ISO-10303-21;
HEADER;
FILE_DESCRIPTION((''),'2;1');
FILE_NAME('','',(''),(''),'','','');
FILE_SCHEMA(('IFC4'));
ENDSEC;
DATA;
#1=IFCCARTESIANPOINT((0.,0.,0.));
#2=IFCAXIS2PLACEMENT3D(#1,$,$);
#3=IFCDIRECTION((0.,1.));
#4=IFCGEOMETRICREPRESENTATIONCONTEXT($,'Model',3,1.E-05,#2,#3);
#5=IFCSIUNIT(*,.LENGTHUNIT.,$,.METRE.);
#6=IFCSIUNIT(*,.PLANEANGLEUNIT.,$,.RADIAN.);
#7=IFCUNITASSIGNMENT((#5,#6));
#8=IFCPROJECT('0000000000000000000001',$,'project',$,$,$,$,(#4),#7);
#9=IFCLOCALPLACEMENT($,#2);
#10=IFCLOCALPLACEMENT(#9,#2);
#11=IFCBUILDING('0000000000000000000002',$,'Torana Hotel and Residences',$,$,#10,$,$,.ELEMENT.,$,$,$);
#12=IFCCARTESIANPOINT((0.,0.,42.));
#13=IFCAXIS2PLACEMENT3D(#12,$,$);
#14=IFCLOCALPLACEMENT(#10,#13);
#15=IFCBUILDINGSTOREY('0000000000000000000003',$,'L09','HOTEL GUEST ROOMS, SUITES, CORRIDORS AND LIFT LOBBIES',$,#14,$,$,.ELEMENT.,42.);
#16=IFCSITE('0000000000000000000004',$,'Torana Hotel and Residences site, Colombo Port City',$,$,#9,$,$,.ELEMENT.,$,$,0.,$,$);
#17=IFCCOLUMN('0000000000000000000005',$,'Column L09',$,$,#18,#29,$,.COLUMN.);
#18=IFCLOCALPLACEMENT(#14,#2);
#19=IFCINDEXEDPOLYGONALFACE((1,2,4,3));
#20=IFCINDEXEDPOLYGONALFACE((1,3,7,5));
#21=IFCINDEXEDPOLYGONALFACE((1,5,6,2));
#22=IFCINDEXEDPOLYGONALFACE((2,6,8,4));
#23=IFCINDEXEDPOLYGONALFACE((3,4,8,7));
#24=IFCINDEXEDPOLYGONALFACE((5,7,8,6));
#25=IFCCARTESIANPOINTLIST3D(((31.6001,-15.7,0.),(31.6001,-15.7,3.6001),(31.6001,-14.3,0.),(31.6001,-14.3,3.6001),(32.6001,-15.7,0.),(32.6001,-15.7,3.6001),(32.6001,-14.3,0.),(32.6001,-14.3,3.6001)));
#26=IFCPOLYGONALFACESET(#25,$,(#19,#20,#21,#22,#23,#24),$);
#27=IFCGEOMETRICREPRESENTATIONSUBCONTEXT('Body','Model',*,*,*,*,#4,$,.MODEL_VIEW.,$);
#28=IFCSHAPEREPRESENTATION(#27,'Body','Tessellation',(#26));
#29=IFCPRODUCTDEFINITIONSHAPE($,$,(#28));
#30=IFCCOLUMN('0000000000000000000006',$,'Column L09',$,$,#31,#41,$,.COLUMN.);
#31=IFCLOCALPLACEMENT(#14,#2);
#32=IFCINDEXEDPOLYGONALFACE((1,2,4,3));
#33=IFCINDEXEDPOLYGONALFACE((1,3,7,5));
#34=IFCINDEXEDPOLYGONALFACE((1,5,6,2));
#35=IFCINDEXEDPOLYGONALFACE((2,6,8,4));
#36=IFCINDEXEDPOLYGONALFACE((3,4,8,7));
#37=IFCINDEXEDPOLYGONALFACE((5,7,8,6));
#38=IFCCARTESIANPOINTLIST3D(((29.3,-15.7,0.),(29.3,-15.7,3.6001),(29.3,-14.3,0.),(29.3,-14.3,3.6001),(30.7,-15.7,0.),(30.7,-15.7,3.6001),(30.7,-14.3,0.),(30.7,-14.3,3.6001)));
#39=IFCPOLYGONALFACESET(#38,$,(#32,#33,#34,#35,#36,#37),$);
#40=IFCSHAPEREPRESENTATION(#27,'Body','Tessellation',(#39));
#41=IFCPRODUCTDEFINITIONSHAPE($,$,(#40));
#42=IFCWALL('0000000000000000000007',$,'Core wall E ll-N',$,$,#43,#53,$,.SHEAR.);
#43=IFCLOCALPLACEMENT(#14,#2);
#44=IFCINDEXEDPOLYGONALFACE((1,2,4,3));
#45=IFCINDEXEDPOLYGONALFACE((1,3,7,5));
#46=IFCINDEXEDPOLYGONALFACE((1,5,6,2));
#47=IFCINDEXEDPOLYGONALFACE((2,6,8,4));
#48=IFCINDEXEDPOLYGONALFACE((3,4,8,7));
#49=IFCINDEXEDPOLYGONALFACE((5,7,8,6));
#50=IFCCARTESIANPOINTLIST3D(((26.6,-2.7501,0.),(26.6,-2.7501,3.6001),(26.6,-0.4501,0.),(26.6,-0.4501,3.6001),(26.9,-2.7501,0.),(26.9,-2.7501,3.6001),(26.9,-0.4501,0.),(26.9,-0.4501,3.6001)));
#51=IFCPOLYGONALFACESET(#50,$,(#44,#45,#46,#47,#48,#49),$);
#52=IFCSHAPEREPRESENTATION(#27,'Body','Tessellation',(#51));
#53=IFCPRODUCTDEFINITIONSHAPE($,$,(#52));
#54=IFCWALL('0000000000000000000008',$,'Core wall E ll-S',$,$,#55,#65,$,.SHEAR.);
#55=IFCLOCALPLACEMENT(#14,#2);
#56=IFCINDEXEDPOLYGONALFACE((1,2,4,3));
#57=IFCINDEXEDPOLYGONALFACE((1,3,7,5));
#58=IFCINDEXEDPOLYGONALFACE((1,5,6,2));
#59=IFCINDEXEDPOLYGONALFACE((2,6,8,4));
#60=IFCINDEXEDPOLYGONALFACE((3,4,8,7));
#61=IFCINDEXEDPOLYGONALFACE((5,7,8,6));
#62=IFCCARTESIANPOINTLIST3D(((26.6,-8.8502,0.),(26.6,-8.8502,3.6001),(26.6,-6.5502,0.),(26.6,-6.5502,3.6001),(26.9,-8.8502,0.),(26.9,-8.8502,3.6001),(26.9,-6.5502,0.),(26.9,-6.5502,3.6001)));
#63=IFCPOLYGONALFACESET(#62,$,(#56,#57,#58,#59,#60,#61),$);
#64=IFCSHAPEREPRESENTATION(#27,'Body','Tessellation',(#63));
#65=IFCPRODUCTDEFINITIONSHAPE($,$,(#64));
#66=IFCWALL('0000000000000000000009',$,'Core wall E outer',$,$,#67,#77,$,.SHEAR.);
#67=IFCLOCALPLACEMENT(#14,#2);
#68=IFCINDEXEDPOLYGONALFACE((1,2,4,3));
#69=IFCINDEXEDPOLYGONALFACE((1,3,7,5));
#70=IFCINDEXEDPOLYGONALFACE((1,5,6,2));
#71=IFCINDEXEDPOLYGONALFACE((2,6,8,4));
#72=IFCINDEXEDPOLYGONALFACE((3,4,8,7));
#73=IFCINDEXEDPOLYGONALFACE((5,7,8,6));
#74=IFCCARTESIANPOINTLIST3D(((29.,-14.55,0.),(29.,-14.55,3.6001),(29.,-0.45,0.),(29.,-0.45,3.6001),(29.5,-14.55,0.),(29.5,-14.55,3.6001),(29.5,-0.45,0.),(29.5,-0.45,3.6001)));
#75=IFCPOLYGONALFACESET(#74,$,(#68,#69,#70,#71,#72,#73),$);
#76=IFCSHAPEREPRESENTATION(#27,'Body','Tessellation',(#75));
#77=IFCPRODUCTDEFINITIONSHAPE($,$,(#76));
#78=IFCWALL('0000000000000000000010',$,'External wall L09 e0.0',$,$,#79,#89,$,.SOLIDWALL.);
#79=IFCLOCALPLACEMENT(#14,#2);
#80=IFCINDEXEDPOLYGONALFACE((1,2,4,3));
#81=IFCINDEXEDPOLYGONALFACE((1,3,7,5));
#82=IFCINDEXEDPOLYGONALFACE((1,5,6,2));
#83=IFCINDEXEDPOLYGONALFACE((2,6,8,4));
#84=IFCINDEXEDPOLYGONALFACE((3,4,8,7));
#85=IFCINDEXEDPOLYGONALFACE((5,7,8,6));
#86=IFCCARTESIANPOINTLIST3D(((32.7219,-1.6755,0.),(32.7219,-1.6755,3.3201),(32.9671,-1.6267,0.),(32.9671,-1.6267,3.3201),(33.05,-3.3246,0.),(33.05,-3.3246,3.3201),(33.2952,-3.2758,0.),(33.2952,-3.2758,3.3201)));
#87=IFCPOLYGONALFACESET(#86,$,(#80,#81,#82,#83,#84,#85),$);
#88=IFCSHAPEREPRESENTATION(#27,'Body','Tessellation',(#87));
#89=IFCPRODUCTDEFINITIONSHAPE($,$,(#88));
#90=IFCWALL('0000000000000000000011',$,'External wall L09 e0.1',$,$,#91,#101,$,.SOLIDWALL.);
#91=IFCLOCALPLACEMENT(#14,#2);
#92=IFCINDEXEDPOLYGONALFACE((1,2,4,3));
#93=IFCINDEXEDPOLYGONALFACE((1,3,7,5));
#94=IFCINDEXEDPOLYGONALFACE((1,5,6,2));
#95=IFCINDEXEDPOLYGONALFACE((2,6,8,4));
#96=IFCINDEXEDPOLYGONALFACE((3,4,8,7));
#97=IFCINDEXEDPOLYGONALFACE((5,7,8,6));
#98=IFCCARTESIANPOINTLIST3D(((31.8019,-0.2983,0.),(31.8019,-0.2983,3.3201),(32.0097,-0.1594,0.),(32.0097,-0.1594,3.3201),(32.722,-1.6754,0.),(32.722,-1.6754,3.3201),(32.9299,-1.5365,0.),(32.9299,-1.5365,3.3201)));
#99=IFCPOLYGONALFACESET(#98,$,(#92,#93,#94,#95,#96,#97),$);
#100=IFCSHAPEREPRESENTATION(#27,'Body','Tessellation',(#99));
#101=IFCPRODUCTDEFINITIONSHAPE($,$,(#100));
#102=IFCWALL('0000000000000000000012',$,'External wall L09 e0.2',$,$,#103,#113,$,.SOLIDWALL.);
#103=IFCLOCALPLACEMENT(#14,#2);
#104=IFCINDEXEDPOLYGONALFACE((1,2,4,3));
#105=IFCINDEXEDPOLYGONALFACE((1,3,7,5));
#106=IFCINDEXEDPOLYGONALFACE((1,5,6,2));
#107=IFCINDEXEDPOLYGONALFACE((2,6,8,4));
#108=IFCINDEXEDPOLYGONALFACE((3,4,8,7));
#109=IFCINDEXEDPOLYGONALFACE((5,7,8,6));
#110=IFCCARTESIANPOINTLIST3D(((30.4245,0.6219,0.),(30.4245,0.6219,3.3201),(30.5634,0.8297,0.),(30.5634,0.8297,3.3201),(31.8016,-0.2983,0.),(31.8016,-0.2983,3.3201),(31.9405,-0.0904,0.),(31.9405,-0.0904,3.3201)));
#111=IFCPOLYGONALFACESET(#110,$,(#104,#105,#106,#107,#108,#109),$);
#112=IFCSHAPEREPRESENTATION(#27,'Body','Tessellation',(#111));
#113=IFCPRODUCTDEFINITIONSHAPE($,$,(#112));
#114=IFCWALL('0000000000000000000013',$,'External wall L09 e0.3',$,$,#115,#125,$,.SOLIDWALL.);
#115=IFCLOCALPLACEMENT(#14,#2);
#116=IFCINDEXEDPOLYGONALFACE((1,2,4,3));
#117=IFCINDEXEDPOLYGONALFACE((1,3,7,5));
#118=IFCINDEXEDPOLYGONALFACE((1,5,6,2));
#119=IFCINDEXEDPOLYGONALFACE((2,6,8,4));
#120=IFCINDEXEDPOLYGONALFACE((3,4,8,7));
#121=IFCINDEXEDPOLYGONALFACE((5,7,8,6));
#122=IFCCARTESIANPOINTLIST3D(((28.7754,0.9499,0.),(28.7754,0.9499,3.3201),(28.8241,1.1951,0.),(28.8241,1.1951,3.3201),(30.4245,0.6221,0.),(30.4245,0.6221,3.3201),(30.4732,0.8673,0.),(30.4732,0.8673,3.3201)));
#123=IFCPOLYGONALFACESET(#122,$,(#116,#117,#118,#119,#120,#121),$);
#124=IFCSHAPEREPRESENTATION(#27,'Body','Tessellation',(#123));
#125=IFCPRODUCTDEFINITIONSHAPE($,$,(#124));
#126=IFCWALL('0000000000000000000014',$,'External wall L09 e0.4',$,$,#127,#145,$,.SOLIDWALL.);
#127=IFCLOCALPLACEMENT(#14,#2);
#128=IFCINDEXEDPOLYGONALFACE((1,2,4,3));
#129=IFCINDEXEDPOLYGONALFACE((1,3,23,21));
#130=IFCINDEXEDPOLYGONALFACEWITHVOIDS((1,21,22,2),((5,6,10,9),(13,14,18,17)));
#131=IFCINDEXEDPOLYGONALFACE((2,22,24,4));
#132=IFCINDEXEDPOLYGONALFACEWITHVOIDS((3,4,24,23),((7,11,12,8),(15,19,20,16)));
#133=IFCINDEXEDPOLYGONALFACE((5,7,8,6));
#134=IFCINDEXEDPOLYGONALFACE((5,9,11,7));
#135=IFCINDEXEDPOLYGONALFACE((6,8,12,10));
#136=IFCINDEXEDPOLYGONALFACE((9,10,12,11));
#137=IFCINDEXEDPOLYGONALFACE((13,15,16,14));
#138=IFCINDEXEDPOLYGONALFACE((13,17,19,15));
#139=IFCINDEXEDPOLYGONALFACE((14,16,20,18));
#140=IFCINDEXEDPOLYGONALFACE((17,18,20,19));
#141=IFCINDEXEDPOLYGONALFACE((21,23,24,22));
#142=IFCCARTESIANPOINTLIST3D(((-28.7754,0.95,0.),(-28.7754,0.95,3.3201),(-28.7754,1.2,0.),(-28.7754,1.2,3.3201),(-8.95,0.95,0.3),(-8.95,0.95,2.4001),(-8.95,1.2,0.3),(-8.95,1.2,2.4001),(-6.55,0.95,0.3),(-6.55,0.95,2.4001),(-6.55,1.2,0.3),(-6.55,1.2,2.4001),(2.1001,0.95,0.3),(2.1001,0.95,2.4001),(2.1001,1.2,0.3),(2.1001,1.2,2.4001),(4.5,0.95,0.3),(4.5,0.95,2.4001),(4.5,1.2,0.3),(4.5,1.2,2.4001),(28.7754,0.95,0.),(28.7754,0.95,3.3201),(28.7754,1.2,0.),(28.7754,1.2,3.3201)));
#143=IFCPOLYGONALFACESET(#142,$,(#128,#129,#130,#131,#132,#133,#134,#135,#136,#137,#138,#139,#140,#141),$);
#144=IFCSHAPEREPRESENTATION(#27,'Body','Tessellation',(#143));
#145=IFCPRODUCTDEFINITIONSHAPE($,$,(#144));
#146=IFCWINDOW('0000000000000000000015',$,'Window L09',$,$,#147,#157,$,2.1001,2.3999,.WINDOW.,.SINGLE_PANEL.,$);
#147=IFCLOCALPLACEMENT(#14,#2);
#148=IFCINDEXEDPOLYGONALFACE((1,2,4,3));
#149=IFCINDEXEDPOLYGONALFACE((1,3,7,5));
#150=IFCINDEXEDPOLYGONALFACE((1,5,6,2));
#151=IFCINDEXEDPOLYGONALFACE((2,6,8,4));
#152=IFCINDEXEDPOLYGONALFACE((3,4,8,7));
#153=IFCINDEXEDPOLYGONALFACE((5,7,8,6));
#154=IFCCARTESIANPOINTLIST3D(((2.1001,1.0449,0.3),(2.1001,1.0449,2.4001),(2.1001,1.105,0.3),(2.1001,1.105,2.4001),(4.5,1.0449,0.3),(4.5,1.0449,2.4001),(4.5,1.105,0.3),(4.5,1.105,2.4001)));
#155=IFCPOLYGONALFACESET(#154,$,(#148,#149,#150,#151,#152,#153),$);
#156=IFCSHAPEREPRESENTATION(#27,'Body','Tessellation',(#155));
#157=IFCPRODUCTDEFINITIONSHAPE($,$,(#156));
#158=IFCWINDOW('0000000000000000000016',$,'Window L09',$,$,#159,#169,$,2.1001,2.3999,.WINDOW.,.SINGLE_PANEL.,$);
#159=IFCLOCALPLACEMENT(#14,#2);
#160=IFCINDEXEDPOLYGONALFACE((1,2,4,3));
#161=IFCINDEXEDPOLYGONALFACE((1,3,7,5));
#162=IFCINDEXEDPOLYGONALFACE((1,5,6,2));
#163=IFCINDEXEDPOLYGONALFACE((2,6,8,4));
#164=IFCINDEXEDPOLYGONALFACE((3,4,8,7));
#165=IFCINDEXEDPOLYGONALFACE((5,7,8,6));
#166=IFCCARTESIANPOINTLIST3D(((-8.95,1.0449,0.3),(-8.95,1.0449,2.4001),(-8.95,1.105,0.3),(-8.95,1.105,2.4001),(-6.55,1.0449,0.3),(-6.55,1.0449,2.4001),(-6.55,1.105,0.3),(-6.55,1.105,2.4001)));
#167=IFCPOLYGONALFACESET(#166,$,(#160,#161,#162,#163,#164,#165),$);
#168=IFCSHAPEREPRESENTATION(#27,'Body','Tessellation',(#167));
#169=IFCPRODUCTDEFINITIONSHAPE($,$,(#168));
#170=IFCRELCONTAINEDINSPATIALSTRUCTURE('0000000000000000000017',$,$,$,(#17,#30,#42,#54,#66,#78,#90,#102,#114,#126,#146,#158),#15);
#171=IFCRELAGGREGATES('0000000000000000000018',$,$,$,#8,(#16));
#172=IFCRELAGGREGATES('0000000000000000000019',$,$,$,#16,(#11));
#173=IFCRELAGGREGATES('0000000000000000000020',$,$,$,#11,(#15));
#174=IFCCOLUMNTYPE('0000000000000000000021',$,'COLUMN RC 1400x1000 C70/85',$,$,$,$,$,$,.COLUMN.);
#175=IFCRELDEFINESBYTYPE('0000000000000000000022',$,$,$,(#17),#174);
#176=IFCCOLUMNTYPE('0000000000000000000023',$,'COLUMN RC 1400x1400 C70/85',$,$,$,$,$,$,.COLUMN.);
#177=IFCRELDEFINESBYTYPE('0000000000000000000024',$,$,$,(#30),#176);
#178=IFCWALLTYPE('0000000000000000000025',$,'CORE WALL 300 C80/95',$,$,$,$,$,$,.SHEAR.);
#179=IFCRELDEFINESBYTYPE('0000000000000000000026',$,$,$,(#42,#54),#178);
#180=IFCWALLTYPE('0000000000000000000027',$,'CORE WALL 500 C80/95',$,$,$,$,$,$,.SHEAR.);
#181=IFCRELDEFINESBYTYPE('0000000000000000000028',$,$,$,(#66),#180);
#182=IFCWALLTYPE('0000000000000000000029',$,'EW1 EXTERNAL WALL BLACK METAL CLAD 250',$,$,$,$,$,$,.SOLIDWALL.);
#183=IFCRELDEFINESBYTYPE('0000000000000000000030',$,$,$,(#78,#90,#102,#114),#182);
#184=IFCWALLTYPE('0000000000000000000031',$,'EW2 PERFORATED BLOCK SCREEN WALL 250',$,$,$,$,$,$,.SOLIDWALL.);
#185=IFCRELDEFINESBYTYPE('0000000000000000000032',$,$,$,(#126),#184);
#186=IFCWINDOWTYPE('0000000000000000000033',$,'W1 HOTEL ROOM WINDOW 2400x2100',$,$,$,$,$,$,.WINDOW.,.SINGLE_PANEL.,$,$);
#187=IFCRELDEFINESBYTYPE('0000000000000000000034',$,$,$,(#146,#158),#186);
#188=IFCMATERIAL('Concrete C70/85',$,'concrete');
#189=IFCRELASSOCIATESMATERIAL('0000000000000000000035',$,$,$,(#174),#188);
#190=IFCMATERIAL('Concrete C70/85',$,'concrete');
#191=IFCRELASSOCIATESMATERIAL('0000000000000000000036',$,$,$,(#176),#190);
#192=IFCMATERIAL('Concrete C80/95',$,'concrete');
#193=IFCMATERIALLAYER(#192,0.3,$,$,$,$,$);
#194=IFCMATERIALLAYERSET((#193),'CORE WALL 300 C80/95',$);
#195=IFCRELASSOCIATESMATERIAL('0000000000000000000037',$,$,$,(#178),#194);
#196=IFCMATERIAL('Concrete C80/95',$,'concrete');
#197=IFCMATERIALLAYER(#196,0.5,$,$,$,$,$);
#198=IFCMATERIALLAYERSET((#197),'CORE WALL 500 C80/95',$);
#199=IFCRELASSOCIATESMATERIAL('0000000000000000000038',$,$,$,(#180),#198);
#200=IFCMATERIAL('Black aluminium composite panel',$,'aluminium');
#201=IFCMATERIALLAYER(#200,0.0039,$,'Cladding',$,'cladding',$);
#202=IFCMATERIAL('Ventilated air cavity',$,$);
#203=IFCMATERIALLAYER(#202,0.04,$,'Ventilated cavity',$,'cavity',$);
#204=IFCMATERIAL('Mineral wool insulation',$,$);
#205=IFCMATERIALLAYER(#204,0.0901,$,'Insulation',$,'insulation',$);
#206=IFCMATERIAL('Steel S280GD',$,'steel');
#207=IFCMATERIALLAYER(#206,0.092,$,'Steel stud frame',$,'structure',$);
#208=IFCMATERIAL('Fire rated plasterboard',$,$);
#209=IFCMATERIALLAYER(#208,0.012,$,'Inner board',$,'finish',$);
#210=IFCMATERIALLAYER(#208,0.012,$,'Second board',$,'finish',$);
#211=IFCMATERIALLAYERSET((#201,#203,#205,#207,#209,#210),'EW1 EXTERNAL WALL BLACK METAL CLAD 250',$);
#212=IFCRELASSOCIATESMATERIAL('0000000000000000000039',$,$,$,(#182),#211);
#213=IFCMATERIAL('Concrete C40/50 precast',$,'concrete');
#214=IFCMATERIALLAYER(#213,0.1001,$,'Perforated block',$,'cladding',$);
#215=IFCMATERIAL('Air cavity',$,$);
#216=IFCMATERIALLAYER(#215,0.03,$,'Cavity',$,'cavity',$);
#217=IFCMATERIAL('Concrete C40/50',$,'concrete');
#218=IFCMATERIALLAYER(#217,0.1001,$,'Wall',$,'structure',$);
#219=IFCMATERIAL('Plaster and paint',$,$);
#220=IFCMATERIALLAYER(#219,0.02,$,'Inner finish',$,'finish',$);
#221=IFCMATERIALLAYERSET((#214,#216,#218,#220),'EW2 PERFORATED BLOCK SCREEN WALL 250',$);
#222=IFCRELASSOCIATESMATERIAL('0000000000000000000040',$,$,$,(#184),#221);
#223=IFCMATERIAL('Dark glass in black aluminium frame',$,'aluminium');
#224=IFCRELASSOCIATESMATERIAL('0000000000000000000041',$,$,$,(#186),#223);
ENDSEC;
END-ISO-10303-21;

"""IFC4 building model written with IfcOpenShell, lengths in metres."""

from ifc_helpers import new_model, si_unit, direction, frame, frame_2d, origin, origin_2d, place, context, subcontext, project, spatial, rectangle, extrude, material, layer, layer_set, material_profile, profile_set, type_object, element, fill, save


model = new_model("IFC4")

# Units and contexts
model_context = context("Model", 3, precision=1e-05, world=origin(), true_north=direction((0.0, 1.0)))
body_context = subcontext(model_context, "Body", "Model", "MODEL_VIEW")
ifc_project = project(units=[si_unit("LENGTHUNIT", "METRE"), si_unit("PLANEANGLEUNIT", "RADIAN")], contexts=[model_context])

# Site, building, storey
site_placement = place(None, origin())
site = spatial("IfcSite", under=ifc_project, at=site_placement, Name="Torana Hotel and Residences site, Colombo Port City", CompositionType="ELEMENT", RefElevation=0.0)
building_placement = place(site_placement, origin())
building = spatial("IfcBuilding", under=site, at=building_placement, Name="Torana Hotel and Residences", CompositionType="ELEMENT")
storey_placement = place(building_placement, frame((0.0, 0.0, 42.0)))
storey = spatial("IfcBuildingStorey", under=building, at=storey_placement, Name="L09", Description="HOTEL GUEST ROOMS, SUITES, CORRIDORS AND LIFT LOBBIES", CompositionType="ELEMENT", Elevation=42.0)

# Columns
ifc_material_1 = material(Name="Concrete C70/85", Category="concrete")
ifc_material_profile_1 = material_profile(ifc_material_1, rectangle(XDim=1.3999, YDim=1.0, at=origin_2d()), Name="RC 1400x1000")
ifc_profile_set_1 = profile_set([ifc_material_profile_1], Name="Concrete C70/85")
column_type_1 = type_object("IfcColumnType", Name="COLUMN RC 1400x1000 C70/85", PredefinedType="COLUMN", material=ifc_profile_set_1)
column_1_placement = place(storey_placement, frame((32.1001, -15.0, 0.0), z_axis=(0.0, 0.0, 1.0), x_axis=(0.0, 1.0, 0.0)))
element("IfcColumn", 1, at=column_1_placement, inside=storey, type_object=column_type_1, Name="Column L09", PredefinedType="COLUMN", context=body_context, shape_type="SweptSolid", body=[
    extrude(rectangle(XDim=1.3999, YDim=1.0, at=origin_2d()), origin(), (0.0, 0.0, 1.0), 3.6001),
])
ifc_material_2 = material(Name="Concrete C70/85", Category="concrete")
ifc_material_profile_2 = material_profile(ifc_material_2, rectangle(XDim=1.3999, YDim=1.3999, at=origin_2d()), Name="RC 1400x1400")
ifc_profile_set_2 = profile_set([ifc_material_profile_2], Name="Concrete C70/85")
column_type_2 = type_object("IfcColumnType", Name="COLUMN RC 1400x1400 C70/85", PredefinedType="COLUMN", material=ifc_profile_set_2)
column_2_placement = place(storey_placement, frame((30.0, -15.0, 0.0), z_axis=(0.0, 0.0, 1.0), x_axis=(1.0, 0.0, 0.0)))
element("IfcColumn", 2, at=column_2_placement, inside=storey, type_object=column_type_2, Name="Column L09", PredefinedType="COLUMN", context=body_context, shape_type="SweptSolid", body=[
    extrude(rectangle(XDim=1.3999, YDim=1.3999, at=origin_2d()), origin(), (0.0, 0.0, 1.0), 3.6001),
])

# Walls
ifc_material_3 = material(Name="Concrete C80/95", Category="concrete")
ifc_layer_1 = layer(ifc_material_3, 0.3)
ifc_layer_set_1 = layer_set([ifc_layer_1], Name="CORE WALL 300 C80/95")
wall_type_1 = type_object("IfcWallType", Name="CORE WALL 300 C80/95", PredefinedType="SHEAR", material=ifc_layer_set_1)
for number, where, z_axis, x_axis, name in (
    (3, (26.75, -2.75, 0.0), (0.0, 0.0, 1.0), (0.0, 1.0, 0.0), "Core wall E ll-N"),
    (4, (26.75, -8.8501, 0.0), (0.0, 0.0, 1.0), (0.0, 1.0, 0.0), "Core wall E ll-S"),
):
    element("IfcWall", number, at=place(storey_placement, frame(where, z_axis=z_axis, x_axis=x_axis)), inside=storey, type_object=wall_type_1, Name=name, PredefinedType="SHEAR", context=body_context, shape_type="SweptSolid", body=[
        extrude(rectangle(XDim=2.3, YDim=0.3, at=frame_2d((1.1499, 0.0))), origin(), (0.0, 0.0, 1.0), 3.6001),
    ])
ifc_material_4 = material(Name="Concrete C80/95", Category="concrete")
ifc_layer_2 = layer(ifc_material_4, 0.5)
ifc_layer_set_2 = layer_set([ifc_layer_2], Name="CORE WALL 500 C80/95")
wall_type_2 = type_object("IfcWallType", Name="CORE WALL 500 C80/95", PredefinedType="SHEAR", material=ifc_layer_set_2)
wall_1_placement = place(storey_placement, frame((29.25, -14.55, 0.0), z_axis=(0.0, 0.0, 1.0), x_axis=(0.0, 1.0, 0.0)))
element("IfcWall", 5, at=wall_1_placement, inside=storey, type_object=wall_type_2, Name="Core wall E outer", PredefinedType="SHEAR", context=body_context, shape_type="SweptSolid", body=[
    extrude(rectangle(XDim=14.1001, YDim=0.5, at=frame_2d((7.05, 0.0))), origin(), (0.0, 0.0, 1.0), 3.6001),
])
ifc_material_5 = material(Name="Black aluminium composite panel", Category="aluminium")
ifc_layer_3 = layer(ifc_material_5, 0.0039, Name="Cladding", Category="cladding")
ifc_material_6 = material(Name="Ventilated air cavity")
ifc_layer_4 = layer(ifc_material_6, 0.04, Name="Ventilated cavity", Category="cavity")
ifc_material_7 = material(Name="Mineral wool insulation")
ifc_layer_5 = layer(ifc_material_7, 0.0901, Name="Insulation", Category="insulation")
ifc_material_8 = material(Name="Steel S280GD", Category="steel")
ifc_layer_6 = layer(ifc_material_8, 0.092, Name="Steel stud frame", Category="structure")
ifc_material_9 = material(Name="Fire rated plasterboard")
ifc_layer_7 = layer(ifc_material_9, 0.012, Name="Inner board", Category="finish")
ifc_layer_8 = layer(ifc_material_9, 0.012, Name="Second board", Category="finish")
ifc_layer_set_3 = layer_set([ifc_layer_3, ifc_layer_4, ifc_layer_5, ifc_layer_6, ifc_layer_7, ifc_layer_8], Name="EW1 EXTERNAL WALL BLACK METAL CLAD 250")
wall_type_3 = type_object("IfcWallType", Name="EW1 EXTERNAL WALL BLACK METAL CLAD 250", PredefinedType="SOLIDWALL", material=ifc_layer_set_3)
wall_2_placement = place(storey_placement, frame((33.1726, -3.3003, 0.0), z_axis=(0.0, 0.0, 1.0), x_axis=(-0.195139, 0.980776, 0.0)))
element("IfcWall", 6, at=wall_2_placement, inside=storey, type_object=wall_type_3, Name="External wall L09 e0.0", PredefinedType="SOLIDWALL", context=body_context, shape_type="SweptSolid", body=[
    extrude(rectangle(XDim=1.6814, YDim=0.25, at=frame_2d((0.8408, 0.0))), origin(), (0.0, 0.0, 1.0), 3.3201),
])
for number, where, z_axis, x_axis, name in (
    (7, (32.8259, -1.606, 0.0), (0.0, 0.0, 1.0), (-0.55555, 0.831483, 0.0), "External wall L09 e0.1"),
    (8, (31.8711, -0.1943, 0.0), (0.0, 0.0, 1.0), (-0.831483, 0.55555, 0.0), "External wall L09 e0.2"),
):
    element("IfcWall", number, at=place(storey_placement, frame(where, z_axis=z_axis, x_axis=x_axis)), inside=storey, type_object=wall_type_3, Name=name, PredefinedType="SOLIDWALL", context=body_context, shape_type="SweptSolid", body=[
        extrude(rectangle(XDim=1.6562, YDim=0.25, at=frame_2d((0.8281, 0.0))), origin(), (0.0, 0.0, 1.0), 3.3201),
    ])
wall_3_placement = place(storey_placement, frame((30.449, 0.7446, 0.0), z_axis=(0.0, 0.0, 1.0), x_axis=(-0.980803, 0.194999, 0.0)))
element("IfcWall", 9, at=wall_3_placement, inside=storey, type_object=wall_type_3, Name="External wall L09 e0.3", PredefinedType="SOLIDWALL", context=body_context, shape_type="SweptSolid", body=[
    extrude(rectangle(XDim=1.6814, YDim=0.25, at=frame_2d((0.8408, 0.0))), origin(), (0.0, 0.0, 1.0), 3.3201),
])

# Wall, openings, windows
ifc_material_10 = material(Name="Concrete C40/50 precast", Category="concrete")
ifc_layer_9 = layer(ifc_material_10, 0.1001, Name="Perforated block", Category="cladding")
ifc_material_11 = material(Name="Air cavity")
ifc_layer_10 = layer(ifc_material_11, 0.03, Name="Cavity", Category="cavity")
ifc_material_12 = material(Name="Concrete C40/50", Category="concrete")
ifc_layer_11 = layer(ifc_material_12, 0.1001, Name="Wall", Category="structure")
ifc_material_13 = material(Name="Plaster and paint")
ifc_layer_12 = layer(ifc_material_13, 0.02, Name="Inner finish", Category="finish")
ifc_layer_set_4 = layer_set([ifc_layer_9, ifc_layer_10, ifc_layer_11, ifc_layer_12], Name="EW2 PERFORATED BLOCK SCREEN WALL 250")
wall_type_4 = type_object("IfcWallType", Name="EW2 PERFORATED BLOCK SCREEN WALL 250", PredefinedType="SOLIDWALL", material=ifc_layer_set_4)
wall_4_placement = place(storey_placement, frame((28.7754, 1.075, 0.0), z_axis=(0.0, 0.0, 1.0), x_axis=(-1.0, 0.0, 0.0)))
wall_4 = element("IfcWall", 10, at=wall_4_placement, inside=storey, type_object=wall_type_4, Name="External wall L09 e0.4", PredefinedType="SOLIDWALL", context=body_context, shape_type="SweptSolid", body=[
    extrude(rectangle(XDim=57.5508, YDim=0.25, at=frame_2d((28.7754, 0.0))), origin(), (0.0, 0.0, 1.0), 3.3201),
])
opening_1_placement = place(wall_4_placement, frame((24.2754, 0.0, 0.3)))
opening_1 = element("IfcOpeningElement", 11, at=opening_1_placement, cuts=wall_4, PredefinedType="OPENING", context=body_context, shape_type="SweptSolid", body=[
    extrude(rectangle(XDim=2.3999, YDim=2.1001, at=frame_2d((1.2, 1.05))), frame((0.0, 0.135, 0.0), z_axis=(0.0, -1.0, 0.0), x_axis=(1.0, 0.0, 0.0)), (0.0, 0.0, 1.0), 0.27),
])
opening_2_placement = place(wall_4_placement, frame((35.3254, 0.0, 0.3)))
opening_2 = element("IfcOpeningElement", 12, at=opening_2_placement, cuts=wall_4, PredefinedType="OPENING", context=body_context, shape_type="SweptSolid", body=[
    extrude(rectangle(XDim=2.3999, YDim=2.1001, at=frame_2d((1.2, 1.05))), frame((0.0, 0.135, 0.0), z_axis=(0.0, -1.0, 0.0), x_axis=(1.0, 0.0, 0.0)), (0.0, 0.0, 1.0), 0.27),
])
ifc_material_14 = material(Name="Dark glass in black aluminium frame", Category="aluminium")
window_type = type_object("IfcWindowType", Name="W1 HOTEL ROOM WINDOW 2400x2100", PartitioningType="SINGLE_PANEL", PredefinedType="WINDOW", material=ifc_material_14)
window_1_placement = place(opening_1_placement, origin())
window_1 = element("IfcWindow", 13, at=window_1_placement, inside=storey, type_object=window_type, Name="Window L09", OverallHeight=2.1001, OverallWidth=2.3999, PartitioningType="SINGLE_PANEL", PredefinedType="WINDOW", context=body_context, shape_type="SweptSolid", body=[
    extrude(rectangle(XDim=2.3999, YDim=2.1001, at=frame_2d((1.2, 1.05))), frame((0.0, 0.03, 0.0), z_axis=(0.0, -1.0, 0.0), x_axis=(1.0, 0.0, 0.0)), (0.0, 0.0, 1.0), 0.0601),
])
fill(opening_1, window_1)
window_2_placement = place(opening_2_placement, origin())
window_2 = element("IfcWindow", 14, at=window_2_placement, inside=storey, type_object=window_type, Name="Window L09", OverallHeight=2.1001, OverallWidth=2.3999, PartitioningType="SINGLE_PANEL", PredefinedType="WINDOW", context=body_context, shape_type="SweptSolid", body=[
    extrude(rectangle(XDim=2.3999, YDim=2.1001, at=frame_2d((1.2, 1.05))), frame((0.0, 0.03, 0.0), z_axis=(0.0, -1.0, 0.0), x_axis=(1.0, 0.0, 0.0)), (0.0, 0.0, 1.0), 0.0601),
])
fill(opening_2, window_2)

save(model, "model.ifc")
